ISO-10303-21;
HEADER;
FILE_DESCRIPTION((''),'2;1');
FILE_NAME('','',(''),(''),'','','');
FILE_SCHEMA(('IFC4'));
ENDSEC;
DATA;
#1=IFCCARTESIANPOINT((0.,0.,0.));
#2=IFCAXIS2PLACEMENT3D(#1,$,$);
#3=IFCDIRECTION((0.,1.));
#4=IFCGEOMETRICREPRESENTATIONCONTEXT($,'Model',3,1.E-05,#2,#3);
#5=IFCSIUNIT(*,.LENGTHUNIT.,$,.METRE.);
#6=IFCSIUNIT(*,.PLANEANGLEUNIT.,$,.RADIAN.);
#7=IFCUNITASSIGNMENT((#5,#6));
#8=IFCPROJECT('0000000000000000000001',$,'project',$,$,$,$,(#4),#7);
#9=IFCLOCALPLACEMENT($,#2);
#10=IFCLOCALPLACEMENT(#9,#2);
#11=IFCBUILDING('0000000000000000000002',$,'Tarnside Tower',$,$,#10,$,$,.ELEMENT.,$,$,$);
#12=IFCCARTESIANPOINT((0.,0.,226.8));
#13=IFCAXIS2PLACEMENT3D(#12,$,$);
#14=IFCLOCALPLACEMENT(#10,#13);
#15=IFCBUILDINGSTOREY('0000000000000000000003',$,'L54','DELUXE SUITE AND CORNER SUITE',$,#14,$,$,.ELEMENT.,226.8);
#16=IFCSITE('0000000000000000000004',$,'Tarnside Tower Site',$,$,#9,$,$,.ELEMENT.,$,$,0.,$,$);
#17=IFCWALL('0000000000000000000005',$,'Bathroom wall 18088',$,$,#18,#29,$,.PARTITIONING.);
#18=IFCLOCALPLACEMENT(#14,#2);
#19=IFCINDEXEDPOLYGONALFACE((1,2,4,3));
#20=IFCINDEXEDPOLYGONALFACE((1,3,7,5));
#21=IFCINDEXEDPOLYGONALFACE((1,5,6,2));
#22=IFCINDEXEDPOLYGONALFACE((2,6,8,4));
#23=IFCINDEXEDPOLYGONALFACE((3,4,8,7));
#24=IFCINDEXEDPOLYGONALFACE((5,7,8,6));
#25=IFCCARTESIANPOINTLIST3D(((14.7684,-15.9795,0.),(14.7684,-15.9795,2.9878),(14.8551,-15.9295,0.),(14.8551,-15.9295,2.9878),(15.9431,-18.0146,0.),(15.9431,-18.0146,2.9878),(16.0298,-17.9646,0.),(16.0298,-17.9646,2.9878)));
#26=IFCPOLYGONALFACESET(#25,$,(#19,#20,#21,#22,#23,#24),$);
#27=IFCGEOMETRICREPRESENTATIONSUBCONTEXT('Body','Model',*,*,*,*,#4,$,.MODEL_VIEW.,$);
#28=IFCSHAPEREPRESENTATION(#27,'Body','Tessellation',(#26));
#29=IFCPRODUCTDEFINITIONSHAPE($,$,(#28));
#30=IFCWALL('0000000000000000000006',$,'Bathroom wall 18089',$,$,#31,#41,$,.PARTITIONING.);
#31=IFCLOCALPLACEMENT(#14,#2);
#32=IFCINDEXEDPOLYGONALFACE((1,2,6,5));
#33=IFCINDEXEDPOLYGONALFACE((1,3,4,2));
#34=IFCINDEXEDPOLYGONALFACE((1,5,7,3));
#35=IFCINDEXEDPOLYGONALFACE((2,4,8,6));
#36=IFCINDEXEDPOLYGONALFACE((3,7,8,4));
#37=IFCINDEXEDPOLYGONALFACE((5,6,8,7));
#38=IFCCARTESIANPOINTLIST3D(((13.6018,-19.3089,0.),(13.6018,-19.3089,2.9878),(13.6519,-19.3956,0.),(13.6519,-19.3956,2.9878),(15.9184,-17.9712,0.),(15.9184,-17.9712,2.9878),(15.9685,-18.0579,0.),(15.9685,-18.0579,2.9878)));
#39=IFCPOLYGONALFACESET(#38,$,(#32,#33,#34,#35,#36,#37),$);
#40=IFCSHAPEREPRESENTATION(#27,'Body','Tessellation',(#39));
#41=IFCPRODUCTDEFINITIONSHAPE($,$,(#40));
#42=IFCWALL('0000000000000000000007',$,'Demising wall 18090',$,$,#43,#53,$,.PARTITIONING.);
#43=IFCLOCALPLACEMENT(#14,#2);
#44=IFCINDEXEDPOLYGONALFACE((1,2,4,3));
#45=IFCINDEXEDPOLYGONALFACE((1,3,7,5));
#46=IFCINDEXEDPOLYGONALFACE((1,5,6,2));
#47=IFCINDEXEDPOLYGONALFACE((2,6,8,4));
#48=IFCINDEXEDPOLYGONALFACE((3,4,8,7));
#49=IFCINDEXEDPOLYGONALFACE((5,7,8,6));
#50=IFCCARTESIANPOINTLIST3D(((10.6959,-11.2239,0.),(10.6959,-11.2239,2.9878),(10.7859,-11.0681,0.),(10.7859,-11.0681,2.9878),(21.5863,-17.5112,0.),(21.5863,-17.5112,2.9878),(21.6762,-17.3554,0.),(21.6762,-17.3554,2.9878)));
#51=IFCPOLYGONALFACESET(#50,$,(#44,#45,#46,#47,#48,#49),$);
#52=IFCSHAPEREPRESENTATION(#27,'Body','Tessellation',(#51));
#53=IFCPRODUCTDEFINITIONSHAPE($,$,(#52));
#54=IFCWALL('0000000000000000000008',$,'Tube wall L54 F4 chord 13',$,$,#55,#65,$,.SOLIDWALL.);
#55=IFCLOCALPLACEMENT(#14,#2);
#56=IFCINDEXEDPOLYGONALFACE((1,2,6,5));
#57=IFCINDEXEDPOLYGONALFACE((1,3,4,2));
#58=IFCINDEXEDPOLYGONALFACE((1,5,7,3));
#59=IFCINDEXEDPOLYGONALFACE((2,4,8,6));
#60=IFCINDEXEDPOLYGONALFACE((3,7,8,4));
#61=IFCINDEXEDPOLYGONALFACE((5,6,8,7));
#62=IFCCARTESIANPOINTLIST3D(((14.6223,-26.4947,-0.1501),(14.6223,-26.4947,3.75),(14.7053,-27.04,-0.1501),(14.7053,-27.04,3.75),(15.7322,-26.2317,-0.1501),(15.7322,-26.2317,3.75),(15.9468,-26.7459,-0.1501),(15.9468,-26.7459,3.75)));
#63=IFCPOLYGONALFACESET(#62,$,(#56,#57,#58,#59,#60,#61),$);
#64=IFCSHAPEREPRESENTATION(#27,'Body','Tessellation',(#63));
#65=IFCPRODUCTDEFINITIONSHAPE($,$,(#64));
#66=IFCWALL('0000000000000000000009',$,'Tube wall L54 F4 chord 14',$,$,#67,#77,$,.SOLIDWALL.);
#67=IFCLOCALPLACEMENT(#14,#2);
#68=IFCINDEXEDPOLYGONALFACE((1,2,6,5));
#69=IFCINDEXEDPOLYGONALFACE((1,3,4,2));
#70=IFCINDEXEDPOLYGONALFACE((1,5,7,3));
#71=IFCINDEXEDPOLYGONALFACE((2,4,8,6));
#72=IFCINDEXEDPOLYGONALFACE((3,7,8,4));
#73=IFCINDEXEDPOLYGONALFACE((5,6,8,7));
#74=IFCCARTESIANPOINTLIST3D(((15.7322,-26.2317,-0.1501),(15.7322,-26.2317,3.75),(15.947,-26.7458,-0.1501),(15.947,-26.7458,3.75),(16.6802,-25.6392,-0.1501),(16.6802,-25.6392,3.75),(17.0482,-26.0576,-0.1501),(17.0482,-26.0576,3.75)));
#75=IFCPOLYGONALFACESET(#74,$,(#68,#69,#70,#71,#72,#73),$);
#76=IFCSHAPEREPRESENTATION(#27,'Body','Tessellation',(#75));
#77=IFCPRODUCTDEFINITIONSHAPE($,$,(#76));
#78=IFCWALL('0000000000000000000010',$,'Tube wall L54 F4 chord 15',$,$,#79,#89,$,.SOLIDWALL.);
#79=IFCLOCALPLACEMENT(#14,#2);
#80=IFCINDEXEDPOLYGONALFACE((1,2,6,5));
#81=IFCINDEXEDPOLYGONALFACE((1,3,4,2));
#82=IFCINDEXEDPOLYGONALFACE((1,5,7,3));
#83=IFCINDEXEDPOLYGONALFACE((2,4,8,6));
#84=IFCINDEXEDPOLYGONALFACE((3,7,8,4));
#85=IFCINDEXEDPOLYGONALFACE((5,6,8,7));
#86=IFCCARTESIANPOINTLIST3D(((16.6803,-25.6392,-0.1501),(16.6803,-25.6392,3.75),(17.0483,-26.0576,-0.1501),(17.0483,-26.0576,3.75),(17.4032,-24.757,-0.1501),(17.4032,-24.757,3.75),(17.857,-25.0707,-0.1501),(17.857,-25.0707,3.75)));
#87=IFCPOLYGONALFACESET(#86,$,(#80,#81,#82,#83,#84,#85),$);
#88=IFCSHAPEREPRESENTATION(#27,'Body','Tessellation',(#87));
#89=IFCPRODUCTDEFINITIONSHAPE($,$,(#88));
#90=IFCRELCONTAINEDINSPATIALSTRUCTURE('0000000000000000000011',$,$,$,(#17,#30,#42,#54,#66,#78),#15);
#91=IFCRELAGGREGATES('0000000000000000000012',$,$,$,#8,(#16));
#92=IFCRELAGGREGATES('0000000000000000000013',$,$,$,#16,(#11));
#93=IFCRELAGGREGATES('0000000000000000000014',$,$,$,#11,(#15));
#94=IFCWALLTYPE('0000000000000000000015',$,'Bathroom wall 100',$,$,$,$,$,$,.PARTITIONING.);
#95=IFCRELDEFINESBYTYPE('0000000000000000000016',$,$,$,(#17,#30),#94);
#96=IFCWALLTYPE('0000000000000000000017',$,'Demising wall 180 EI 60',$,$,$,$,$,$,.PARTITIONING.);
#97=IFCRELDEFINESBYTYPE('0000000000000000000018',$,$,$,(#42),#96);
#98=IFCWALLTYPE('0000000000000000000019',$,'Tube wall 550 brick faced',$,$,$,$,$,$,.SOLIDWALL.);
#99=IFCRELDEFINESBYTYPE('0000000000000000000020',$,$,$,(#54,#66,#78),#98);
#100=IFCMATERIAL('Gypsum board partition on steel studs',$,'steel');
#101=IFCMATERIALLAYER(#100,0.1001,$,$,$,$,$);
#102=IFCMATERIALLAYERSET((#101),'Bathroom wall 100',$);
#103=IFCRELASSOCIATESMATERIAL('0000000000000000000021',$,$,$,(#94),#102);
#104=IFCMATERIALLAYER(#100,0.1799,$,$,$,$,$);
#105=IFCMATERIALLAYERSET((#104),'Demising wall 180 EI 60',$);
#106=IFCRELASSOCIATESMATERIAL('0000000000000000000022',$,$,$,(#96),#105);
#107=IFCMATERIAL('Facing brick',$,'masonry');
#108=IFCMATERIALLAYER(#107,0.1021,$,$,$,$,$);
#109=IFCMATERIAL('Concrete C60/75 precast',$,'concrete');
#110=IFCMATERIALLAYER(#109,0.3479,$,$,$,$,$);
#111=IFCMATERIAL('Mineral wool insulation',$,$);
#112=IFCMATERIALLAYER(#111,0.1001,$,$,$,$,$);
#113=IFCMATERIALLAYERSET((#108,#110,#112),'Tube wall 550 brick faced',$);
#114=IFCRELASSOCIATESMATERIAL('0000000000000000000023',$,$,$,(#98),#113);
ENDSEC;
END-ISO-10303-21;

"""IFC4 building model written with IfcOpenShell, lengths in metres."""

from ifc_helpers import new_model, si_unit, direction, frame, frame_2d, origin, place, context, subcontext, project, spatial, polyline, rectangle, outline, extrude, material, layer, layer_set, type_object, element, save


model = new_model("IFC4")

# Units and contexts
model_context = context("Model", 3, precision=1e-05, world=origin(), true_north=direction((0.0, 1.0)))
body_context = subcontext(model_context, "Body", "Model", "MODEL_VIEW")
ifc_project = project(units=[si_unit("LENGTHUNIT", "METRE"), si_unit("PLANEANGLEUNIT", "RADIAN")], contexts=[model_context])

# Site, building, storey
site_placement = place(None, origin())
site = spatial("IfcSite", under=ifc_project, at=site_placement, Name="Tarnside Tower Site", CompositionType="ELEMENT", RefElevation=0.0)
building_placement = place(site_placement, origin())
building = spatial("IfcBuilding", under=site, at=building_placement, Name="Tarnside Tower", CompositionType="ELEMENT")
storey_placement = place(building_placement, frame((0.0, 0.0, 226.8)))
storey = spatial("IfcBuildingStorey", under=building, at=storey_placement, Name="L54", Description="DELUXE SUITE AND CORNER SUITE", CompositionType="ELEMENT", Elevation=226.8)

# Walls
ifc_material_1 = material(Name="Gypsum board partition on steel studs", Category="steel")
ifc_layer_1 = layer(ifc_material_1, 0.1001)
ifc_layer_set_1 = layer_set([ifc_layer_1], Name="Bathroom wall 100")
wall_type_1 = type_object("IfcWallType", Name="Bathroom wall 100", PredefinedType="PARTITIONING", material=ifc_layer_set_1)
wall_1_placement = place(storey_placement, frame((14.8118, -15.9546, 0.0), z_axis=(0.0, 0.0, 1.0), x_axis=(0.499938, -0.866061, 0.0)))
element("IfcWall", 1, at=wall_1_placement, inside=storey, type_object=wall_type_1, Name="Bathroom wall 18088", PredefinedType="PARTITIONING", context=body_context, shape_type="SweptSolid", body=[
    extrude(rectangle(XDim=2.3499, YDim=0.1001, at=frame_2d((1.1748, 0.0))), origin(), (0.0, 0.0, 1.0), 2.9878),
])
wall_2_placement = place(storey_placement, frame((15.9434, -18.0146, 0.0), z_axis=(0.0, 0.0, 1.0), x_axis=(-0.866005, -0.500036, 0.0)))
element("IfcWall", 2, at=wall_2_placement, inside=storey, type_object=wall_type_1, Name="Bathroom wall 18089", PredefinedType="PARTITIONING", context=body_context, shape_type="SweptSolid", body=[
    extrude(rectangle(XDim=2.675, YDim=0.1001, at=frame_2d((1.3374, 0.0))), origin(), (0.0, 0.0, 1.0), 2.9878),
])
ifc_layer_2 = layer(ifc_material_1, 0.1799)
ifc_layer_set_2 = layer_set([ifc_layer_2], Name="Demising wall 180 EI 60")
wall_type_2 = type_object("IfcWallType", Name="Demising wall 180 EI 60", PredefinedType="PARTITIONING", material=ifc_layer_set_2)
wall_3_placement = place(storey_placement, frame((21.6313, -17.4333, 0.0), z_axis=(0.0, 0.0, 1.0), x_axis=(-0.866033, 0.499987, 0.0)))
element("IfcWall", 3, at=wall_3_placement, inside=storey, type_object=wall_type_2, Name="Demising wall 18090", PredefinedType="PARTITIONING", context=body_context, shape_type="SweptSolid", body=[
    extrude(rectangle(XDim=12.575, YDim=0.1799, at=frame_2d((6.2876, 0.0))), origin(), (0.0, 0.0, 1.0), 2.9878),
])
ifc_material_2 = material(Name="Facing brick", Category="masonry")
ifc_layer_3 = layer(ifc_material_2, 0.1021)
ifc_material_3 = material(Name="Concrete C60/75 precast", Category="concrete")
ifc_layer_4 = layer(ifc_material_3, 0.3479)
ifc_material_4 = material(Name="Mineral wool insulation")
ifc_layer_5 = layer(ifc_material_4, 0.1001)
ifc_layer_set_3 = layer_set([ifc_layer_3, ifc_layer_4, ifc_layer_5], Name="Tube wall 550 brick faced")
wall_type_3 = type_object("IfcWallType", Name="Tube wall 550 brick faced", PredefinedType="SOLIDWALL", material=ifc_layer_set_3)
wall_4_placement = place(storey_placement, frame((14.6638, -26.7673, -0.1501), z_axis=(0.0, 0.0, 1.0), x_axis=(0.973064, 0.230537, 0.0)))
element("IfcWall", 4, at=wall_4_placement, inside=storey, type_object=wall_type_3, Name="Tube wall L54 F4 chord 13", PredefinedType="SOLIDWALL", context=body_context, shape_type="SweptSolid", body=[
    extrude(outline(polyline([(-0.0225, -0.2749), (1.2534, -0.2749), (1.1631, 0.2749), (0.0225, 0.2749), (-0.0225, -0.2749)])), origin(), (0.0, 0.0, 1.0), 3.9001),
])
wall_5_placement = place(storey_placement, frame((15.8396, -26.4888, -0.1501), z_axis=(0.0, 0.0, 1.0), x_axis=(0.84801, 0.529981, 0.0)))
element("IfcWall", 5, at=wall_5_placement, inside=storey, type_object=wall_type_3, Name="Tube wall L54 F4 chord 14", PredefinedType="SOLIDWALL", context=body_context, shape_type="SweptSolid", body=[
    extrude(outline(polyline([(-0.0452, -0.2749), (1.2534, -0.2749), (1.1631, 0.2749), (0.0452, 0.2749), (-0.0452, -0.2749)])), origin(), (0.0, 0.0, 1.0), 3.9001),
])
wall_6_placement = place(storey_placement, frame((16.8643, -25.8484, -0.1501), z_axis=(0.0, 0.0, 1.0), x_axis=(0.633843, 0.773462, 0.0)))
element("IfcWall", 6, at=wall_6_placement, inside=storey, type_object=wall_type_3, Name="Tube wall L54 F4 chord 15", PredefinedType="SOLIDWALL", context=body_context, shape_type="SweptSolid", body=[
    extrude(outline(polyline([(-0.0452, -0.2749), (1.2307, -0.2749), (1.1858, 0.2749), (0.0452, 0.2749), (-0.0452, -0.2749)])), origin(), (0.0, 0.0, 1.0), 3.9001),
])

save(model, "model.ifc")
